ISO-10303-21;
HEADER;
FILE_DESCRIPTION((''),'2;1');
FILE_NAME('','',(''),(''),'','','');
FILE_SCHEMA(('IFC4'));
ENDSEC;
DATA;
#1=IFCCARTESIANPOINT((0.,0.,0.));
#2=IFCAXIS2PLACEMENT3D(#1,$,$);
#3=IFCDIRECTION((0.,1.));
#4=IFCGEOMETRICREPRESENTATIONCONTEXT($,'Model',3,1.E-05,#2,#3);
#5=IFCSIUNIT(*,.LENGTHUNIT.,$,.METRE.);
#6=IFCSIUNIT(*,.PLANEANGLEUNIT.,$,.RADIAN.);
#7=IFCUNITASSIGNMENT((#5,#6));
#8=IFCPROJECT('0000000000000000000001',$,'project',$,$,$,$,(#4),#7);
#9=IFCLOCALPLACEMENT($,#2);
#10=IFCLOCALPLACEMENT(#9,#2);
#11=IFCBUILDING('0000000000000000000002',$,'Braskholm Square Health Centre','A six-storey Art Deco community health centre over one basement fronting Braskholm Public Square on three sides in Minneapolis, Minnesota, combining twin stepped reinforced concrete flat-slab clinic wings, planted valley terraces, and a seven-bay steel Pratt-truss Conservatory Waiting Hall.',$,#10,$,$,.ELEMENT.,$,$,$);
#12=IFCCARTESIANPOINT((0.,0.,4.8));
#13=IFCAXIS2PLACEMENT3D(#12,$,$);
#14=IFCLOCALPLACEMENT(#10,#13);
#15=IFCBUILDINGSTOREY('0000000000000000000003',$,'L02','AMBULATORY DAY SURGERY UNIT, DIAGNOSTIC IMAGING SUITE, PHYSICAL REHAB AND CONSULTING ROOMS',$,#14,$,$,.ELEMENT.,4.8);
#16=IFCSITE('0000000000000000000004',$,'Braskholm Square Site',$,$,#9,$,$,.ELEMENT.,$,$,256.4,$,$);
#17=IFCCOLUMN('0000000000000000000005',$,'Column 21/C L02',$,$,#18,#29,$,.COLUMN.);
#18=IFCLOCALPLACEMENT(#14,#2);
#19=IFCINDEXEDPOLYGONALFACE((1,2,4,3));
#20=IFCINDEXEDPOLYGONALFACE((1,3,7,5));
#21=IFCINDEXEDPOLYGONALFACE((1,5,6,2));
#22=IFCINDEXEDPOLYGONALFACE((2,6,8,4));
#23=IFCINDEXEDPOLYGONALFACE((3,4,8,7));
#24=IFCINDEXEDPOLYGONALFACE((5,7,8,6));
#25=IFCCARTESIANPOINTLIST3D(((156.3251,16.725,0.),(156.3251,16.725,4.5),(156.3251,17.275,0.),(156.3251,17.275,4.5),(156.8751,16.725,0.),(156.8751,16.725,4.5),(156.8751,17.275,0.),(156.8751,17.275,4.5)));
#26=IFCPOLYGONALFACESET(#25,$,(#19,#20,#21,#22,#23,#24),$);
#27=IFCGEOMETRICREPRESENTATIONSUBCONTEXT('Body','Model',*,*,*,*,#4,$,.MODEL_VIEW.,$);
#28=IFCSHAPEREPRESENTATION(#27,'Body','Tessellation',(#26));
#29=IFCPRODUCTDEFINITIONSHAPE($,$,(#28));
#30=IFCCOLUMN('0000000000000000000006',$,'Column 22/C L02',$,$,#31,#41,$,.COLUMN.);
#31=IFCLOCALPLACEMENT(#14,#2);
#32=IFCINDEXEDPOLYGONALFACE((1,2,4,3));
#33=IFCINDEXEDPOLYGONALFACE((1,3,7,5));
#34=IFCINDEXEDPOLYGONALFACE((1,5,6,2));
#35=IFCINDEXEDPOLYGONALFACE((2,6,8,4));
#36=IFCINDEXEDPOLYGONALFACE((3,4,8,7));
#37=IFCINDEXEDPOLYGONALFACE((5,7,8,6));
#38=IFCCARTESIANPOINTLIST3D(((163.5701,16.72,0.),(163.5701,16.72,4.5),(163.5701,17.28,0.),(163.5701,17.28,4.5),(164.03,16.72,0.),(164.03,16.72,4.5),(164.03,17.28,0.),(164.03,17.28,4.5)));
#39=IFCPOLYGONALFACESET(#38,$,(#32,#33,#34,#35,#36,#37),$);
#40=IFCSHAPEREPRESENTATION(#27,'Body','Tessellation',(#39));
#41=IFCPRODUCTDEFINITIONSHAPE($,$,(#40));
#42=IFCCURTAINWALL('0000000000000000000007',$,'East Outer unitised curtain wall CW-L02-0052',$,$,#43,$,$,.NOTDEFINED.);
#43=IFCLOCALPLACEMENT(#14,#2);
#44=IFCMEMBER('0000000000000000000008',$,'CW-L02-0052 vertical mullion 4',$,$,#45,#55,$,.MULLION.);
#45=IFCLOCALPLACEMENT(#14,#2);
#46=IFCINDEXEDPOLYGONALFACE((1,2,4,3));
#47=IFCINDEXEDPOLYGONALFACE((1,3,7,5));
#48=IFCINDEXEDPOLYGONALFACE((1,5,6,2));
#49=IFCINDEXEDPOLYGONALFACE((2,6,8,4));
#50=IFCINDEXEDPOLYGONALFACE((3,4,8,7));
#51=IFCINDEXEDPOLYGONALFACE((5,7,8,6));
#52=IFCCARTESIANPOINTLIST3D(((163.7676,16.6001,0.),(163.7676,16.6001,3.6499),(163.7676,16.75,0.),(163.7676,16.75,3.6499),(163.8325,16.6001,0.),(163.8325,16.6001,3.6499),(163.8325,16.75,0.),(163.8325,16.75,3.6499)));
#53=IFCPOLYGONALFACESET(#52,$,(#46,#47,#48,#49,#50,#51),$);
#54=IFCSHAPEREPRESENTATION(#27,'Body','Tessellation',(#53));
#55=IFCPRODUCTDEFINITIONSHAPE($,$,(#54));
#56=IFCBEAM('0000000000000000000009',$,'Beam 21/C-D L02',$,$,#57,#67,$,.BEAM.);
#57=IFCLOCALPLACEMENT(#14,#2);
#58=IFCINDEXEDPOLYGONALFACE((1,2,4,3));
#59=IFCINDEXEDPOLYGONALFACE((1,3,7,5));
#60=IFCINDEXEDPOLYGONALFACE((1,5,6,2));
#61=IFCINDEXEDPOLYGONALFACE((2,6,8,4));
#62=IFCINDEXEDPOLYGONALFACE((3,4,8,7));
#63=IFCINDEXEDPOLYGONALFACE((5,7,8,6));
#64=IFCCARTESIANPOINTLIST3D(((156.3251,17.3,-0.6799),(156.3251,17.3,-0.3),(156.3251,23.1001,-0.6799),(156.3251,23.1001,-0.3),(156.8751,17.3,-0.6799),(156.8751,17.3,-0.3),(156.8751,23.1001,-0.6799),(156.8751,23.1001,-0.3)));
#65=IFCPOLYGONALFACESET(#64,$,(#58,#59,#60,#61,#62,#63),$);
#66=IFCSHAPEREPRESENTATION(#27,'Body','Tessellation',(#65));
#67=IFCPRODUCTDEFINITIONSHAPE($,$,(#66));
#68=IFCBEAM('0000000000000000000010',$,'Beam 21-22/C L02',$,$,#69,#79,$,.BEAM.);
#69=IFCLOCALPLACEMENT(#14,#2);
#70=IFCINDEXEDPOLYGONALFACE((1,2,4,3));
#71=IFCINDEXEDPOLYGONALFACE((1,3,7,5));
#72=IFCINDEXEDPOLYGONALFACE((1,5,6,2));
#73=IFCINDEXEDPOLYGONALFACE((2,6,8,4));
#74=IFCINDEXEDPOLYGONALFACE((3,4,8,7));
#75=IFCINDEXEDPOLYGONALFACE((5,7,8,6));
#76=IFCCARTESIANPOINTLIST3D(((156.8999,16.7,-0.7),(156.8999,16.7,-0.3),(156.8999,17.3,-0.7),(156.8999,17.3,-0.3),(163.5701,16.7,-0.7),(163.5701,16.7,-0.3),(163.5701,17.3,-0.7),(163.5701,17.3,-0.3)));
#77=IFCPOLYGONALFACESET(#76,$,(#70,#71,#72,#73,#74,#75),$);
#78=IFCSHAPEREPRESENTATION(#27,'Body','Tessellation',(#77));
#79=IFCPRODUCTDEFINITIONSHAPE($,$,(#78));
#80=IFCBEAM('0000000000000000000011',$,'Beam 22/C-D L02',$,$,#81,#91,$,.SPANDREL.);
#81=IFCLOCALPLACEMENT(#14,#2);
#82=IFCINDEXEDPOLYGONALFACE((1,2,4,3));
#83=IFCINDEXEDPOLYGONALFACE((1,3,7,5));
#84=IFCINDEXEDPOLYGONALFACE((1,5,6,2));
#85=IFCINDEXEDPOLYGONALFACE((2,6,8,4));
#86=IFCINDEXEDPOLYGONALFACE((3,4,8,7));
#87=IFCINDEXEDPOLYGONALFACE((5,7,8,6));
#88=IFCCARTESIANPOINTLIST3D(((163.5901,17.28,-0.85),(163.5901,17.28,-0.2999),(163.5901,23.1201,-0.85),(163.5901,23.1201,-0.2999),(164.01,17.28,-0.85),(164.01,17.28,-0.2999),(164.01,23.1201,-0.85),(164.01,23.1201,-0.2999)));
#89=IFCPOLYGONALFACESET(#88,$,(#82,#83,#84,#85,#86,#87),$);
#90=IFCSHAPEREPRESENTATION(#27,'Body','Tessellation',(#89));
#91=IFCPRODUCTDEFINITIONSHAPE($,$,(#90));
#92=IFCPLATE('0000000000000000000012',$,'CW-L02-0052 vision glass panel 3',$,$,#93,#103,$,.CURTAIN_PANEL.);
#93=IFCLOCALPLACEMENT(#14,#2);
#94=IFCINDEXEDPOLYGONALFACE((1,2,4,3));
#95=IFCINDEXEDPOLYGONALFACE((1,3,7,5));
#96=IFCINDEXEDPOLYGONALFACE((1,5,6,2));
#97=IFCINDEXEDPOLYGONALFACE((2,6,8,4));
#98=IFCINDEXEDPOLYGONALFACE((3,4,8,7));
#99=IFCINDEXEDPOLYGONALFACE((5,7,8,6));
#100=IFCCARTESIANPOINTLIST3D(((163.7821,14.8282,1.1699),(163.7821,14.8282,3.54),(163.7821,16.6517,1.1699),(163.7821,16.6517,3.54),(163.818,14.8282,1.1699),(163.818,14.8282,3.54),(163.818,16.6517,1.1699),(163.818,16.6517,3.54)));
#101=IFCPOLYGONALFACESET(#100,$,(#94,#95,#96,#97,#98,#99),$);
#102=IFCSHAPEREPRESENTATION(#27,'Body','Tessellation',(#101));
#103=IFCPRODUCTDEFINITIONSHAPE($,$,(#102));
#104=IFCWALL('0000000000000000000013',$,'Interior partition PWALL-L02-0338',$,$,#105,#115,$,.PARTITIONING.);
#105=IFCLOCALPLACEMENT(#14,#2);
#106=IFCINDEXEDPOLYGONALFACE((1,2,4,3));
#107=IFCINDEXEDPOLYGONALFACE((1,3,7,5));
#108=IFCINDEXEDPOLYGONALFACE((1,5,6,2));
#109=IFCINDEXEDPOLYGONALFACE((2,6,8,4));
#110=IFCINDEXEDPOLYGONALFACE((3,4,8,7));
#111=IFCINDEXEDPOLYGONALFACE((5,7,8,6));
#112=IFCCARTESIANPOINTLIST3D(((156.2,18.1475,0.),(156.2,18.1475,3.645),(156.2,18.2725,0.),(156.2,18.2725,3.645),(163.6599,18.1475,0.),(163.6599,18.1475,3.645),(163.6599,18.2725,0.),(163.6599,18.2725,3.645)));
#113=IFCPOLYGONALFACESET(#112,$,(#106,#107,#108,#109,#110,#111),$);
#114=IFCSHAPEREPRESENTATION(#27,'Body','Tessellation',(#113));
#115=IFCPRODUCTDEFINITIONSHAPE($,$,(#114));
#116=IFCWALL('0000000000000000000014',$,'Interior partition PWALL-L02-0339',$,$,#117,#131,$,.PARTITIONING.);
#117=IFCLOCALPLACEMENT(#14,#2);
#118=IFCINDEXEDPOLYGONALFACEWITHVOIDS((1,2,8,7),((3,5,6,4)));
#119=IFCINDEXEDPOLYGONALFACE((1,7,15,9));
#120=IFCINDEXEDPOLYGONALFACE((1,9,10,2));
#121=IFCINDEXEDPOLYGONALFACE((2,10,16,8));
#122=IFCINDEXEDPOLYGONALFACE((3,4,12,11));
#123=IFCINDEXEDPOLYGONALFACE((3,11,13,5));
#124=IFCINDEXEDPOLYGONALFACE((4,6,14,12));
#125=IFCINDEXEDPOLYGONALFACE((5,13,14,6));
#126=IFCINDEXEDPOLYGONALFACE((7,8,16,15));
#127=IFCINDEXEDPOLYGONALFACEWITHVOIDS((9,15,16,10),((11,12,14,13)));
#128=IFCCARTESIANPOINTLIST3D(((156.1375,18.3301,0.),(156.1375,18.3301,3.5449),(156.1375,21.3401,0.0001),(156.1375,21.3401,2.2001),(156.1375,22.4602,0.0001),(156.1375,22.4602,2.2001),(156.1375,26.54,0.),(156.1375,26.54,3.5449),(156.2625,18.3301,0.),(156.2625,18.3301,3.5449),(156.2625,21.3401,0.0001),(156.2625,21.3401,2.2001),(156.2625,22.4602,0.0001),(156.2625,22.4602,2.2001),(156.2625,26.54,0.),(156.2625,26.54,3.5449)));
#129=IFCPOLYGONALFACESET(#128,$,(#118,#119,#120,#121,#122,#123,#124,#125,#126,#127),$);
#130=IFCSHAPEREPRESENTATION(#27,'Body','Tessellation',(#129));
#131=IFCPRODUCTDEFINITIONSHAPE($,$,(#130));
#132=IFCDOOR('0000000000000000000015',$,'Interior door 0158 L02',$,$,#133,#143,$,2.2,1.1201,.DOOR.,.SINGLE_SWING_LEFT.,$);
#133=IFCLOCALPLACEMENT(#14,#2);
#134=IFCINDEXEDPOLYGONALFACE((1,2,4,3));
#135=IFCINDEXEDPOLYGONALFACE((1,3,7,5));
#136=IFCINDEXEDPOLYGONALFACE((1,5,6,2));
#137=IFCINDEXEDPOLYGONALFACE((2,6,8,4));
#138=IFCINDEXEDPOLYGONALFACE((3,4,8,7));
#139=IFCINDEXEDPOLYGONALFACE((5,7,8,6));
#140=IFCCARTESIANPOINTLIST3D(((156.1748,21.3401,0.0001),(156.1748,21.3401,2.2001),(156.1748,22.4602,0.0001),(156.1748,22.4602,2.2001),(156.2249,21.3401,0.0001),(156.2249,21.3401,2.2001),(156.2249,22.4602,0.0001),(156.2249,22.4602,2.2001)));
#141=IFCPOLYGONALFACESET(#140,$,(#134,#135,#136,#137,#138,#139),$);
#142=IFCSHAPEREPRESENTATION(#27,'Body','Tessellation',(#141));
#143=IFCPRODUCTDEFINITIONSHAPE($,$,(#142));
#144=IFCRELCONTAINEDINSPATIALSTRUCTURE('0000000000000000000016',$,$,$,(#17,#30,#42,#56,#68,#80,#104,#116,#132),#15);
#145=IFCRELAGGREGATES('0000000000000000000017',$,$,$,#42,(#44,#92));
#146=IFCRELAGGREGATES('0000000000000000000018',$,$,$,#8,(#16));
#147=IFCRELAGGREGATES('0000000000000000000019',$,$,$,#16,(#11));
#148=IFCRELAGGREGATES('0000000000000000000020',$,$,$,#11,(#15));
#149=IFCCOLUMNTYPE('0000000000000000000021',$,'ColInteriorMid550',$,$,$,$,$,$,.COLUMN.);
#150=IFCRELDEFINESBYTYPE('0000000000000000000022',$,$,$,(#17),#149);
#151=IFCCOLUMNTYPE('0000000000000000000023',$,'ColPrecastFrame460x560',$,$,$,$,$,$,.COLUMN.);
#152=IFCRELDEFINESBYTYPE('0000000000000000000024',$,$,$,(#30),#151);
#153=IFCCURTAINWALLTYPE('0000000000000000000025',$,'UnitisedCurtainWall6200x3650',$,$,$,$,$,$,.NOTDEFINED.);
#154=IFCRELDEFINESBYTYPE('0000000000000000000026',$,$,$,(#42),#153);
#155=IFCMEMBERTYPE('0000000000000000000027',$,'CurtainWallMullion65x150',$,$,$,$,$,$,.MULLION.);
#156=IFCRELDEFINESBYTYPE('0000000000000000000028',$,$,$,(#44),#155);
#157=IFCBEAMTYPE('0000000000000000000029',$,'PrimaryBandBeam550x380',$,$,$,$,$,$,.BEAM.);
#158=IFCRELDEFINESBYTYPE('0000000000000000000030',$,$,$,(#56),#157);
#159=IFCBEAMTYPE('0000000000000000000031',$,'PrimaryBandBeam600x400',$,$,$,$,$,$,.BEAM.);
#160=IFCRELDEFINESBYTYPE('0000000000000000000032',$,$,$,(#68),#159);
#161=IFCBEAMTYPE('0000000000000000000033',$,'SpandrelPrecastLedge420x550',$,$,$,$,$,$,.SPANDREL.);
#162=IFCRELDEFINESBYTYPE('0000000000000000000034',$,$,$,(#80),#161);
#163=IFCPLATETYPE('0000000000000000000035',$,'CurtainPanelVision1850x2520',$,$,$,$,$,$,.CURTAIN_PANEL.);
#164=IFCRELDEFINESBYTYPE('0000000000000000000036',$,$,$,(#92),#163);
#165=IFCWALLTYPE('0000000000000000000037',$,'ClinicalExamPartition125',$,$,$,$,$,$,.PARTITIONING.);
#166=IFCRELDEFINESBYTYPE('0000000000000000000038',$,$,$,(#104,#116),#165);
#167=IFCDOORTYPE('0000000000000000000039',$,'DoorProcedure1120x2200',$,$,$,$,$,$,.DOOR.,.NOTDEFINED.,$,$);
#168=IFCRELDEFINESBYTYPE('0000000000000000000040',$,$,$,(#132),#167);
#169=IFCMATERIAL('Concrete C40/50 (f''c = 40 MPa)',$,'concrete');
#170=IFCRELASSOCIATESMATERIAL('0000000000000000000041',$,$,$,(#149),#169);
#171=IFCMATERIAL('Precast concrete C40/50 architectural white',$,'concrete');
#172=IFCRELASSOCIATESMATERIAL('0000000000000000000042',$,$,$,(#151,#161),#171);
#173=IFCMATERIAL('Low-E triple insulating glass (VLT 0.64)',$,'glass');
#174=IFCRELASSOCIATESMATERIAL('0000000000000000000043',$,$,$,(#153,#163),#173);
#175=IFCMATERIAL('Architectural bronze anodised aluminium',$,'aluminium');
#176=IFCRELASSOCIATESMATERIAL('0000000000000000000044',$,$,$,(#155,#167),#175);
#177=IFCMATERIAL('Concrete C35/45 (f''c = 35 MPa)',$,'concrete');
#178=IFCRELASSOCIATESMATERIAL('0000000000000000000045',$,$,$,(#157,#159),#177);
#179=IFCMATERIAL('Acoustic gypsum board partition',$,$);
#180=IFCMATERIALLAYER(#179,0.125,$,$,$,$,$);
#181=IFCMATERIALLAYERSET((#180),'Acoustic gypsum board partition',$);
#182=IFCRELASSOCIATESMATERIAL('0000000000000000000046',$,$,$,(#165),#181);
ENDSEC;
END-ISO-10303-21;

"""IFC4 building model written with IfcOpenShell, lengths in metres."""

from ifc_helpers import new_model, si_unit, direction, frame, frame_2d, origin, origin_2d, place, context, subcontext, project, spatial, rectangle, extrude, material, layer, layer_set, material_profile, profile_set, type_object, element, fill, aggregate, save


model = new_model("IFC4")

# Units and contexts
model_context = context("Model", 3, precision=1e-05, world=origin(), true_north=direction((0.0, 1.0)))
body_context = subcontext(model_context, "Body", "Model", "MODEL_VIEW")
ifc_project = project(units=[si_unit("LENGTHUNIT", "METRE"), si_unit("PLANEANGLEUNIT", "RADIAN")], contexts=[model_context])

# Site, building, storey
site_placement = place(None, origin())
site = spatial("IfcSite", under=ifc_project, at=site_placement, Name="Braskholm Square Site", CompositionType="ELEMENT", RefElevation=256.4)
building_placement = place(site_placement, origin())
building = spatial("IfcBuilding", under=site, at=building_placement, Name="Braskholm Square Health Centre", Description="A six-storey Art Deco community health centre over one basement fronting Braskholm Public Square on three sides in Minneapolis, Minnesota, combining twin stepped reinforced concrete flat-slab clinic wings, planted valley terraces, and a seven-bay steel Pratt-truss Conservatory Waiting Hall.", CompositionType="ELEMENT")
storey_placement = place(building_placement, frame((0.0, 0.0, 4.8)))
storey = spatial("IfcBuildingStorey", under=building, at=storey_placement, Name="L02", Description="AMBULATORY DAY SURGERY UNIT, DIAGNOSTIC IMAGING SUITE, PHYSICAL REHAB AND CONSULTING ROOMS", CompositionType="ELEMENT", Elevation=4.8)

# Columns
ifc_material_1 = material(Name="Concrete C40/50 (f'c = 40 MPa)", Category="concrete")
ifc_material_profile_1 = material_profile(ifc_material_1, rectangle(XDim=0.55, YDim=0.55, at=origin_2d()), Name="RC-550X550")
ifc_profile_set_1 = profile_set([ifc_material_profile_1], Name="Concrete C40/50 (f'c = 40 MPa)")
column_type_1 = type_object("IfcColumnType", Name="ColInteriorMid550", PredefinedType="COLUMN", material=ifc_profile_set_1)
column_1_placement = place(storey_placement, frame((156.6001, 17.0, 0.0), z_axis=(0.0, 0.0, 1.0), x_axis=(1.0, 0.0, 0.0)))
element("IfcColumn", 1, at=column_1_placement, inside=storey, type_object=column_type_1, Name="Column 21/C L02", PredefinedType="COLUMN", context=body_context, shape_type="SweptSolid", body=[
    extrude(rectangle(XDim=0.55, YDim=0.55, at=origin_2d()), origin(), (0.0, 0.0, 1.0), 4.5),
])
ifc_material_2 = material(Name="Precast concrete C40/50 architectural white", Category="concrete")
ifc_material_profile_2 = material_profile(ifc_material_2, rectangle(XDim=0.46, YDim=0.5601, at=origin_2d()), Name="RC-460X560")
ifc_profile_set_2 = profile_set([ifc_material_profile_2], Name="Precast concrete C40/50 architectural white")
column_type_2 = type_object("IfcColumnType", Name="ColPrecastFrame460x560", PredefinedType="COLUMN", material=ifc_profile_set_2)
column_2_placement = place(storey_placement, frame((163.8, 17.0, 0.0), z_axis=(0.0, 0.0, 1.0), x_axis=(1.0, 0.0, 0.0)))
element("IfcColumn", 2, at=column_2_placement, inside=storey, type_object=column_type_2, Name="Column 22/C L02", PredefinedType="COLUMN", context=body_context, shape_type="SweptSolid", body=[
    extrude(rectangle(XDim=0.46, YDim=0.5601, at=origin_2d()), origin(), (0.0, 0.0, 1.0), 4.5),
])

# Curtain wall, member
ifc_material_3 = material(Name="Low-E triple insulating glass (VLT 0.64)", Category="glass")
curtain_wall_type = type_object("IfcCurtainWallType", Name="UnitisedCurtainWall6200x3650", PredefinedType="NOTDEFINED", material=ifc_material_3)
curtain_wall_placement = place(storey_placement, origin())
curtain_wall = element("IfcCurtainWall", 3, at=curtain_wall_placement, inside=storey, type_object=curtain_wall_type, Name="East Outer unitised curtain wall CW-L02-0052", PredefinedType="NOTDEFINED")
ifc_material_4 = material(Name="Architectural bronze anodised aluminium", Category="aluminium")
ifc_material_profile_3 = material_profile(ifc_material_4, rectangle(XDim=0.0649, YDim=0.1499, at=origin_2d()), Name="ALU-65X150")
ifc_profile_set_3 = profile_set([ifc_material_profile_3], Name="Architectural bronze anodised aluminium")
member_type = type_object("IfcMemberType", Name="CurtainWallMullion65x150", PredefinedType="MULLION", material=ifc_profile_set_3)
member_placement = place(storey_placement, frame((163.8, 16.675, 0.0), z_axis=(0.0, 0.0, 1.0), x_axis=(1.0, 0.0, 0.0)))
member = element("IfcMember", 4, at=member_placement, type_object=member_type, Name="CW-L02-0052 vertical mullion 4", PredefinedType="MULLION", context=body_context, shape_type="SweptSolid", body=[
    extrude(rectangle(XDim=0.0649, YDim=0.1499, at=origin_2d()), origin(), (0.0, 0.0, 1.0), 3.6499),
])

# Beams
ifc_material_5 = material(Name="Concrete C35/45 (f'c = 35 MPa)", Category="concrete")
ifc_material_profile_4 = material_profile(ifc_material_5, rectangle(XDim=0.55, YDim=0.3799, at=origin_2d()), Name="RCB-550X380")
ifc_profile_set_4 = profile_set([ifc_material_profile_4], Name="Concrete C35/45 (f'c = 35 MPa)")
beam_type_1 = type_object("IfcBeamType", Name="PrimaryBandBeam550x380", PredefinedType="BEAM", material=ifc_profile_set_4)
beam_1_placement = place(storey_placement, frame((156.6001, 17.3, -0.49), z_axis=(0.0, 1.0, 0.0), x_axis=(-1.0, 0.0, 0.0)))
element("IfcBeam", 5, at=beam_1_placement, inside=storey, type_object=beam_type_1, Name="Beam 21/C-D L02", PredefinedType="BEAM", context=body_context, shape_type="SweptSolid", body=[
    extrude(rectangle(XDim=0.55, YDim=0.3799, at=origin_2d()), origin(), (0.0, 0.0, 1.0), 5.8),
])
ifc_material_profile_5 = material_profile(ifc_material_5, rectangle(XDim=0.6001, YDim=0.3999, at=origin_2d()), Name="RCB-600X400")
ifc_profile_set_5 = profile_set([ifc_material_profile_5], Name="Concrete C35/45 (f'c = 35 MPa)")
beam_type_2 = type_object("IfcBeamType", Name="PrimaryBandBeam600x400", PredefinedType="BEAM", material=ifc_profile_set_5)
beam_2_placement = place(storey_placement, frame((156.8999, 17.0, -0.5), z_axis=(1.0, 0.0, 0.0), x_axis=(0.0, 1.0, 0.0)))
element("IfcBeam", 6, at=beam_2_placement, inside=storey, type_object=beam_type_2, Name="Beam 21-22/C L02", PredefinedType="BEAM", context=body_context, shape_type="SweptSolid", body=[
    extrude(rectangle(XDim=0.6001, YDim=0.3999, at=origin_2d()), origin(), (0.0, 0.0, 1.0), 6.6702),
])
ifc_material_profile_6 = material_profile(ifc_material_2, rectangle(XDim=0.4199, YDim=0.55, at=origin_2d()), Name="RCB-420X550")
ifc_profile_set_6 = profile_set([ifc_material_profile_6], Name="Precast concrete C40/50 architectural white")
beam_type_3 = type_object("IfcBeamType", Name="SpandrelPrecastLedge420x550", PredefinedType="SPANDREL", material=ifc_profile_set_6)
beam_3_placement = place(storey_placement, frame((163.8, 17.28, -0.575), z_axis=(0.0, 1.0, 0.0), x_axis=(-1.0, 0.0, 0.0)))
element("IfcBeam", 7, at=beam_3_placement, inside=storey, type_object=beam_type_3, Name="Beam 22/C-D L02", PredefinedType="SPANDREL", context=body_context, shape_type="SweptSolid", body=[
    extrude(rectangle(XDim=0.4199, YDim=0.55, at=origin_2d()), origin(), (0.0, 0.0, 1.0), 5.8401),
])

# Plate
plate_type = type_object("IfcPlateType", Name="CurtainPanelVision1850x2520", PredefinedType="CURTAIN_PANEL", material=ifc_material_3)
plate_placement = place(storey_placement, frame((163.8, 15.74, 1.1699), z_axis=(0.0, 0.0, 1.0), x_axis=(0.0, 1.0, 0.0)))
plate = element("IfcPlate", 8, at=plate_placement, type_object=plate_type, Name="CW-L02-0052 vision glass panel 3", PredefinedType="CURTAIN_PANEL", context=body_context, shape_type="SweptSolid", body=[
    extrude(rectangle(XDim=1.8235, YDim=0.0359, at=origin_2d()), origin(), (0.0, 0.0, 1.0), 2.3701),
])
aggregate(curtain_wall, [member, plate])

# Wall
ifc_material_6 = material(Name="Acoustic gypsum board partition")
ifc_layer_1 = layer(ifc_material_6, 0.125)
ifc_layer_set_1 = layer_set([ifc_layer_1], Name="Acoustic gypsum board partition")
wall_type_1 = type_object("IfcWallType", Name="ClinicalExamPartition125", PredefinedType="PARTITIONING", material=ifc_layer_set_1)
wall_1_placement = place(storey_placement, frame((156.2, 18.21, 0.0), z_axis=(0.0, 0.0, 1.0), x_axis=(1.0, 0.0, 0.0)))
element("IfcWall", 9, at=wall_1_placement, inside=storey, type_object=wall_type_1, Name="Interior partition PWALL-L02-0338", PredefinedType="PARTITIONING", context=body_context, shape_type="SweptSolid", body=[
    extrude(rectangle(XDim=7.46, YDim=0.125, at=frame_2d((3.73, 0.0))), origin(), (0.0, 0.0, 1.0), 3.645),
])

# Wall, opening, door
wall_2_placement = place(storey_placement, frame((156.2, 18.3301, 0.0), z_axis=(0.0, 0.0, 1.0), x_axis=(0.0, 1.0, 0.0)))
wall_2 = element("IfcWall", 10, at=wall_2_placement, inside=storey, type_object=wall_type_1, Name="Interior partition PWALL-L02-0339", PredefinedType="PARTITIONING", context=body_context, shape_type="SweptSolid", body=[
    extrude(rectangle(XDim=8.21, YDim=0.125, at=frame_2d((4.105, 0.0))), origin(), (0.0, 0.0, 1.0), 3.5449),
])
opening_1_placement = place(wall_2_placement, frame((3.01, 0.0, 0.0)))
opening_1 = element("IfcOpeningElement", 11, at=opening_1_placement, cuts=wall_2, PredefinedType="OPENING", context=body_context, shape_type="SweptSolid", body=[
    extrude(rectangle(XDim=1.1201, YDim=2.2, at=frame_2d((0.5601, 1.1001))), frame((0.0, 0.0725, 0.0), z_axis=(0.0, -1.0, 0.0), x_axis=(1.0, 0.0, 0.0)), (0.0, 0.0, 1.0), 0.145),
])
door_type = type_object("IfcDoorType", Name="DoorProcedure1120x2200", OperationType="NOTDEFINED", PredefinedType="DOOR", material=ifc_material_4)
door_placement = place(opening_1_placement, frame((1.1201, 0.0, 0.0), z_axis=(0.0, 0.0, 1.0), x_axis=(-1.0, 0.0, 0.0)))
door = element("IfcDoor", 12, at=door_placement, inside=storey, type_object=door_type, Name="Interior door 0158 L02", OperationType="SINGLE_SWING_LEFT", OverallHeight=2.2, OverallWidth=1.1201, PredefinedType="DOOR", context=body_context, shape_type="SweptSolid", body=[
    extrude(rectangle(XDim=1.1201, YDim=2.2, at=frame_2d((0.5601, 1.1001))), frame((0.0, 0.0249, 0.0), z_axis=(0.0, -1.0, 0.0), x_axis=(1.0, 0.0, 0.0)), (0.0, 0.0, 1.0), 0.05),
])
fill(opening_1, door)

save(model, "model.ifc")
